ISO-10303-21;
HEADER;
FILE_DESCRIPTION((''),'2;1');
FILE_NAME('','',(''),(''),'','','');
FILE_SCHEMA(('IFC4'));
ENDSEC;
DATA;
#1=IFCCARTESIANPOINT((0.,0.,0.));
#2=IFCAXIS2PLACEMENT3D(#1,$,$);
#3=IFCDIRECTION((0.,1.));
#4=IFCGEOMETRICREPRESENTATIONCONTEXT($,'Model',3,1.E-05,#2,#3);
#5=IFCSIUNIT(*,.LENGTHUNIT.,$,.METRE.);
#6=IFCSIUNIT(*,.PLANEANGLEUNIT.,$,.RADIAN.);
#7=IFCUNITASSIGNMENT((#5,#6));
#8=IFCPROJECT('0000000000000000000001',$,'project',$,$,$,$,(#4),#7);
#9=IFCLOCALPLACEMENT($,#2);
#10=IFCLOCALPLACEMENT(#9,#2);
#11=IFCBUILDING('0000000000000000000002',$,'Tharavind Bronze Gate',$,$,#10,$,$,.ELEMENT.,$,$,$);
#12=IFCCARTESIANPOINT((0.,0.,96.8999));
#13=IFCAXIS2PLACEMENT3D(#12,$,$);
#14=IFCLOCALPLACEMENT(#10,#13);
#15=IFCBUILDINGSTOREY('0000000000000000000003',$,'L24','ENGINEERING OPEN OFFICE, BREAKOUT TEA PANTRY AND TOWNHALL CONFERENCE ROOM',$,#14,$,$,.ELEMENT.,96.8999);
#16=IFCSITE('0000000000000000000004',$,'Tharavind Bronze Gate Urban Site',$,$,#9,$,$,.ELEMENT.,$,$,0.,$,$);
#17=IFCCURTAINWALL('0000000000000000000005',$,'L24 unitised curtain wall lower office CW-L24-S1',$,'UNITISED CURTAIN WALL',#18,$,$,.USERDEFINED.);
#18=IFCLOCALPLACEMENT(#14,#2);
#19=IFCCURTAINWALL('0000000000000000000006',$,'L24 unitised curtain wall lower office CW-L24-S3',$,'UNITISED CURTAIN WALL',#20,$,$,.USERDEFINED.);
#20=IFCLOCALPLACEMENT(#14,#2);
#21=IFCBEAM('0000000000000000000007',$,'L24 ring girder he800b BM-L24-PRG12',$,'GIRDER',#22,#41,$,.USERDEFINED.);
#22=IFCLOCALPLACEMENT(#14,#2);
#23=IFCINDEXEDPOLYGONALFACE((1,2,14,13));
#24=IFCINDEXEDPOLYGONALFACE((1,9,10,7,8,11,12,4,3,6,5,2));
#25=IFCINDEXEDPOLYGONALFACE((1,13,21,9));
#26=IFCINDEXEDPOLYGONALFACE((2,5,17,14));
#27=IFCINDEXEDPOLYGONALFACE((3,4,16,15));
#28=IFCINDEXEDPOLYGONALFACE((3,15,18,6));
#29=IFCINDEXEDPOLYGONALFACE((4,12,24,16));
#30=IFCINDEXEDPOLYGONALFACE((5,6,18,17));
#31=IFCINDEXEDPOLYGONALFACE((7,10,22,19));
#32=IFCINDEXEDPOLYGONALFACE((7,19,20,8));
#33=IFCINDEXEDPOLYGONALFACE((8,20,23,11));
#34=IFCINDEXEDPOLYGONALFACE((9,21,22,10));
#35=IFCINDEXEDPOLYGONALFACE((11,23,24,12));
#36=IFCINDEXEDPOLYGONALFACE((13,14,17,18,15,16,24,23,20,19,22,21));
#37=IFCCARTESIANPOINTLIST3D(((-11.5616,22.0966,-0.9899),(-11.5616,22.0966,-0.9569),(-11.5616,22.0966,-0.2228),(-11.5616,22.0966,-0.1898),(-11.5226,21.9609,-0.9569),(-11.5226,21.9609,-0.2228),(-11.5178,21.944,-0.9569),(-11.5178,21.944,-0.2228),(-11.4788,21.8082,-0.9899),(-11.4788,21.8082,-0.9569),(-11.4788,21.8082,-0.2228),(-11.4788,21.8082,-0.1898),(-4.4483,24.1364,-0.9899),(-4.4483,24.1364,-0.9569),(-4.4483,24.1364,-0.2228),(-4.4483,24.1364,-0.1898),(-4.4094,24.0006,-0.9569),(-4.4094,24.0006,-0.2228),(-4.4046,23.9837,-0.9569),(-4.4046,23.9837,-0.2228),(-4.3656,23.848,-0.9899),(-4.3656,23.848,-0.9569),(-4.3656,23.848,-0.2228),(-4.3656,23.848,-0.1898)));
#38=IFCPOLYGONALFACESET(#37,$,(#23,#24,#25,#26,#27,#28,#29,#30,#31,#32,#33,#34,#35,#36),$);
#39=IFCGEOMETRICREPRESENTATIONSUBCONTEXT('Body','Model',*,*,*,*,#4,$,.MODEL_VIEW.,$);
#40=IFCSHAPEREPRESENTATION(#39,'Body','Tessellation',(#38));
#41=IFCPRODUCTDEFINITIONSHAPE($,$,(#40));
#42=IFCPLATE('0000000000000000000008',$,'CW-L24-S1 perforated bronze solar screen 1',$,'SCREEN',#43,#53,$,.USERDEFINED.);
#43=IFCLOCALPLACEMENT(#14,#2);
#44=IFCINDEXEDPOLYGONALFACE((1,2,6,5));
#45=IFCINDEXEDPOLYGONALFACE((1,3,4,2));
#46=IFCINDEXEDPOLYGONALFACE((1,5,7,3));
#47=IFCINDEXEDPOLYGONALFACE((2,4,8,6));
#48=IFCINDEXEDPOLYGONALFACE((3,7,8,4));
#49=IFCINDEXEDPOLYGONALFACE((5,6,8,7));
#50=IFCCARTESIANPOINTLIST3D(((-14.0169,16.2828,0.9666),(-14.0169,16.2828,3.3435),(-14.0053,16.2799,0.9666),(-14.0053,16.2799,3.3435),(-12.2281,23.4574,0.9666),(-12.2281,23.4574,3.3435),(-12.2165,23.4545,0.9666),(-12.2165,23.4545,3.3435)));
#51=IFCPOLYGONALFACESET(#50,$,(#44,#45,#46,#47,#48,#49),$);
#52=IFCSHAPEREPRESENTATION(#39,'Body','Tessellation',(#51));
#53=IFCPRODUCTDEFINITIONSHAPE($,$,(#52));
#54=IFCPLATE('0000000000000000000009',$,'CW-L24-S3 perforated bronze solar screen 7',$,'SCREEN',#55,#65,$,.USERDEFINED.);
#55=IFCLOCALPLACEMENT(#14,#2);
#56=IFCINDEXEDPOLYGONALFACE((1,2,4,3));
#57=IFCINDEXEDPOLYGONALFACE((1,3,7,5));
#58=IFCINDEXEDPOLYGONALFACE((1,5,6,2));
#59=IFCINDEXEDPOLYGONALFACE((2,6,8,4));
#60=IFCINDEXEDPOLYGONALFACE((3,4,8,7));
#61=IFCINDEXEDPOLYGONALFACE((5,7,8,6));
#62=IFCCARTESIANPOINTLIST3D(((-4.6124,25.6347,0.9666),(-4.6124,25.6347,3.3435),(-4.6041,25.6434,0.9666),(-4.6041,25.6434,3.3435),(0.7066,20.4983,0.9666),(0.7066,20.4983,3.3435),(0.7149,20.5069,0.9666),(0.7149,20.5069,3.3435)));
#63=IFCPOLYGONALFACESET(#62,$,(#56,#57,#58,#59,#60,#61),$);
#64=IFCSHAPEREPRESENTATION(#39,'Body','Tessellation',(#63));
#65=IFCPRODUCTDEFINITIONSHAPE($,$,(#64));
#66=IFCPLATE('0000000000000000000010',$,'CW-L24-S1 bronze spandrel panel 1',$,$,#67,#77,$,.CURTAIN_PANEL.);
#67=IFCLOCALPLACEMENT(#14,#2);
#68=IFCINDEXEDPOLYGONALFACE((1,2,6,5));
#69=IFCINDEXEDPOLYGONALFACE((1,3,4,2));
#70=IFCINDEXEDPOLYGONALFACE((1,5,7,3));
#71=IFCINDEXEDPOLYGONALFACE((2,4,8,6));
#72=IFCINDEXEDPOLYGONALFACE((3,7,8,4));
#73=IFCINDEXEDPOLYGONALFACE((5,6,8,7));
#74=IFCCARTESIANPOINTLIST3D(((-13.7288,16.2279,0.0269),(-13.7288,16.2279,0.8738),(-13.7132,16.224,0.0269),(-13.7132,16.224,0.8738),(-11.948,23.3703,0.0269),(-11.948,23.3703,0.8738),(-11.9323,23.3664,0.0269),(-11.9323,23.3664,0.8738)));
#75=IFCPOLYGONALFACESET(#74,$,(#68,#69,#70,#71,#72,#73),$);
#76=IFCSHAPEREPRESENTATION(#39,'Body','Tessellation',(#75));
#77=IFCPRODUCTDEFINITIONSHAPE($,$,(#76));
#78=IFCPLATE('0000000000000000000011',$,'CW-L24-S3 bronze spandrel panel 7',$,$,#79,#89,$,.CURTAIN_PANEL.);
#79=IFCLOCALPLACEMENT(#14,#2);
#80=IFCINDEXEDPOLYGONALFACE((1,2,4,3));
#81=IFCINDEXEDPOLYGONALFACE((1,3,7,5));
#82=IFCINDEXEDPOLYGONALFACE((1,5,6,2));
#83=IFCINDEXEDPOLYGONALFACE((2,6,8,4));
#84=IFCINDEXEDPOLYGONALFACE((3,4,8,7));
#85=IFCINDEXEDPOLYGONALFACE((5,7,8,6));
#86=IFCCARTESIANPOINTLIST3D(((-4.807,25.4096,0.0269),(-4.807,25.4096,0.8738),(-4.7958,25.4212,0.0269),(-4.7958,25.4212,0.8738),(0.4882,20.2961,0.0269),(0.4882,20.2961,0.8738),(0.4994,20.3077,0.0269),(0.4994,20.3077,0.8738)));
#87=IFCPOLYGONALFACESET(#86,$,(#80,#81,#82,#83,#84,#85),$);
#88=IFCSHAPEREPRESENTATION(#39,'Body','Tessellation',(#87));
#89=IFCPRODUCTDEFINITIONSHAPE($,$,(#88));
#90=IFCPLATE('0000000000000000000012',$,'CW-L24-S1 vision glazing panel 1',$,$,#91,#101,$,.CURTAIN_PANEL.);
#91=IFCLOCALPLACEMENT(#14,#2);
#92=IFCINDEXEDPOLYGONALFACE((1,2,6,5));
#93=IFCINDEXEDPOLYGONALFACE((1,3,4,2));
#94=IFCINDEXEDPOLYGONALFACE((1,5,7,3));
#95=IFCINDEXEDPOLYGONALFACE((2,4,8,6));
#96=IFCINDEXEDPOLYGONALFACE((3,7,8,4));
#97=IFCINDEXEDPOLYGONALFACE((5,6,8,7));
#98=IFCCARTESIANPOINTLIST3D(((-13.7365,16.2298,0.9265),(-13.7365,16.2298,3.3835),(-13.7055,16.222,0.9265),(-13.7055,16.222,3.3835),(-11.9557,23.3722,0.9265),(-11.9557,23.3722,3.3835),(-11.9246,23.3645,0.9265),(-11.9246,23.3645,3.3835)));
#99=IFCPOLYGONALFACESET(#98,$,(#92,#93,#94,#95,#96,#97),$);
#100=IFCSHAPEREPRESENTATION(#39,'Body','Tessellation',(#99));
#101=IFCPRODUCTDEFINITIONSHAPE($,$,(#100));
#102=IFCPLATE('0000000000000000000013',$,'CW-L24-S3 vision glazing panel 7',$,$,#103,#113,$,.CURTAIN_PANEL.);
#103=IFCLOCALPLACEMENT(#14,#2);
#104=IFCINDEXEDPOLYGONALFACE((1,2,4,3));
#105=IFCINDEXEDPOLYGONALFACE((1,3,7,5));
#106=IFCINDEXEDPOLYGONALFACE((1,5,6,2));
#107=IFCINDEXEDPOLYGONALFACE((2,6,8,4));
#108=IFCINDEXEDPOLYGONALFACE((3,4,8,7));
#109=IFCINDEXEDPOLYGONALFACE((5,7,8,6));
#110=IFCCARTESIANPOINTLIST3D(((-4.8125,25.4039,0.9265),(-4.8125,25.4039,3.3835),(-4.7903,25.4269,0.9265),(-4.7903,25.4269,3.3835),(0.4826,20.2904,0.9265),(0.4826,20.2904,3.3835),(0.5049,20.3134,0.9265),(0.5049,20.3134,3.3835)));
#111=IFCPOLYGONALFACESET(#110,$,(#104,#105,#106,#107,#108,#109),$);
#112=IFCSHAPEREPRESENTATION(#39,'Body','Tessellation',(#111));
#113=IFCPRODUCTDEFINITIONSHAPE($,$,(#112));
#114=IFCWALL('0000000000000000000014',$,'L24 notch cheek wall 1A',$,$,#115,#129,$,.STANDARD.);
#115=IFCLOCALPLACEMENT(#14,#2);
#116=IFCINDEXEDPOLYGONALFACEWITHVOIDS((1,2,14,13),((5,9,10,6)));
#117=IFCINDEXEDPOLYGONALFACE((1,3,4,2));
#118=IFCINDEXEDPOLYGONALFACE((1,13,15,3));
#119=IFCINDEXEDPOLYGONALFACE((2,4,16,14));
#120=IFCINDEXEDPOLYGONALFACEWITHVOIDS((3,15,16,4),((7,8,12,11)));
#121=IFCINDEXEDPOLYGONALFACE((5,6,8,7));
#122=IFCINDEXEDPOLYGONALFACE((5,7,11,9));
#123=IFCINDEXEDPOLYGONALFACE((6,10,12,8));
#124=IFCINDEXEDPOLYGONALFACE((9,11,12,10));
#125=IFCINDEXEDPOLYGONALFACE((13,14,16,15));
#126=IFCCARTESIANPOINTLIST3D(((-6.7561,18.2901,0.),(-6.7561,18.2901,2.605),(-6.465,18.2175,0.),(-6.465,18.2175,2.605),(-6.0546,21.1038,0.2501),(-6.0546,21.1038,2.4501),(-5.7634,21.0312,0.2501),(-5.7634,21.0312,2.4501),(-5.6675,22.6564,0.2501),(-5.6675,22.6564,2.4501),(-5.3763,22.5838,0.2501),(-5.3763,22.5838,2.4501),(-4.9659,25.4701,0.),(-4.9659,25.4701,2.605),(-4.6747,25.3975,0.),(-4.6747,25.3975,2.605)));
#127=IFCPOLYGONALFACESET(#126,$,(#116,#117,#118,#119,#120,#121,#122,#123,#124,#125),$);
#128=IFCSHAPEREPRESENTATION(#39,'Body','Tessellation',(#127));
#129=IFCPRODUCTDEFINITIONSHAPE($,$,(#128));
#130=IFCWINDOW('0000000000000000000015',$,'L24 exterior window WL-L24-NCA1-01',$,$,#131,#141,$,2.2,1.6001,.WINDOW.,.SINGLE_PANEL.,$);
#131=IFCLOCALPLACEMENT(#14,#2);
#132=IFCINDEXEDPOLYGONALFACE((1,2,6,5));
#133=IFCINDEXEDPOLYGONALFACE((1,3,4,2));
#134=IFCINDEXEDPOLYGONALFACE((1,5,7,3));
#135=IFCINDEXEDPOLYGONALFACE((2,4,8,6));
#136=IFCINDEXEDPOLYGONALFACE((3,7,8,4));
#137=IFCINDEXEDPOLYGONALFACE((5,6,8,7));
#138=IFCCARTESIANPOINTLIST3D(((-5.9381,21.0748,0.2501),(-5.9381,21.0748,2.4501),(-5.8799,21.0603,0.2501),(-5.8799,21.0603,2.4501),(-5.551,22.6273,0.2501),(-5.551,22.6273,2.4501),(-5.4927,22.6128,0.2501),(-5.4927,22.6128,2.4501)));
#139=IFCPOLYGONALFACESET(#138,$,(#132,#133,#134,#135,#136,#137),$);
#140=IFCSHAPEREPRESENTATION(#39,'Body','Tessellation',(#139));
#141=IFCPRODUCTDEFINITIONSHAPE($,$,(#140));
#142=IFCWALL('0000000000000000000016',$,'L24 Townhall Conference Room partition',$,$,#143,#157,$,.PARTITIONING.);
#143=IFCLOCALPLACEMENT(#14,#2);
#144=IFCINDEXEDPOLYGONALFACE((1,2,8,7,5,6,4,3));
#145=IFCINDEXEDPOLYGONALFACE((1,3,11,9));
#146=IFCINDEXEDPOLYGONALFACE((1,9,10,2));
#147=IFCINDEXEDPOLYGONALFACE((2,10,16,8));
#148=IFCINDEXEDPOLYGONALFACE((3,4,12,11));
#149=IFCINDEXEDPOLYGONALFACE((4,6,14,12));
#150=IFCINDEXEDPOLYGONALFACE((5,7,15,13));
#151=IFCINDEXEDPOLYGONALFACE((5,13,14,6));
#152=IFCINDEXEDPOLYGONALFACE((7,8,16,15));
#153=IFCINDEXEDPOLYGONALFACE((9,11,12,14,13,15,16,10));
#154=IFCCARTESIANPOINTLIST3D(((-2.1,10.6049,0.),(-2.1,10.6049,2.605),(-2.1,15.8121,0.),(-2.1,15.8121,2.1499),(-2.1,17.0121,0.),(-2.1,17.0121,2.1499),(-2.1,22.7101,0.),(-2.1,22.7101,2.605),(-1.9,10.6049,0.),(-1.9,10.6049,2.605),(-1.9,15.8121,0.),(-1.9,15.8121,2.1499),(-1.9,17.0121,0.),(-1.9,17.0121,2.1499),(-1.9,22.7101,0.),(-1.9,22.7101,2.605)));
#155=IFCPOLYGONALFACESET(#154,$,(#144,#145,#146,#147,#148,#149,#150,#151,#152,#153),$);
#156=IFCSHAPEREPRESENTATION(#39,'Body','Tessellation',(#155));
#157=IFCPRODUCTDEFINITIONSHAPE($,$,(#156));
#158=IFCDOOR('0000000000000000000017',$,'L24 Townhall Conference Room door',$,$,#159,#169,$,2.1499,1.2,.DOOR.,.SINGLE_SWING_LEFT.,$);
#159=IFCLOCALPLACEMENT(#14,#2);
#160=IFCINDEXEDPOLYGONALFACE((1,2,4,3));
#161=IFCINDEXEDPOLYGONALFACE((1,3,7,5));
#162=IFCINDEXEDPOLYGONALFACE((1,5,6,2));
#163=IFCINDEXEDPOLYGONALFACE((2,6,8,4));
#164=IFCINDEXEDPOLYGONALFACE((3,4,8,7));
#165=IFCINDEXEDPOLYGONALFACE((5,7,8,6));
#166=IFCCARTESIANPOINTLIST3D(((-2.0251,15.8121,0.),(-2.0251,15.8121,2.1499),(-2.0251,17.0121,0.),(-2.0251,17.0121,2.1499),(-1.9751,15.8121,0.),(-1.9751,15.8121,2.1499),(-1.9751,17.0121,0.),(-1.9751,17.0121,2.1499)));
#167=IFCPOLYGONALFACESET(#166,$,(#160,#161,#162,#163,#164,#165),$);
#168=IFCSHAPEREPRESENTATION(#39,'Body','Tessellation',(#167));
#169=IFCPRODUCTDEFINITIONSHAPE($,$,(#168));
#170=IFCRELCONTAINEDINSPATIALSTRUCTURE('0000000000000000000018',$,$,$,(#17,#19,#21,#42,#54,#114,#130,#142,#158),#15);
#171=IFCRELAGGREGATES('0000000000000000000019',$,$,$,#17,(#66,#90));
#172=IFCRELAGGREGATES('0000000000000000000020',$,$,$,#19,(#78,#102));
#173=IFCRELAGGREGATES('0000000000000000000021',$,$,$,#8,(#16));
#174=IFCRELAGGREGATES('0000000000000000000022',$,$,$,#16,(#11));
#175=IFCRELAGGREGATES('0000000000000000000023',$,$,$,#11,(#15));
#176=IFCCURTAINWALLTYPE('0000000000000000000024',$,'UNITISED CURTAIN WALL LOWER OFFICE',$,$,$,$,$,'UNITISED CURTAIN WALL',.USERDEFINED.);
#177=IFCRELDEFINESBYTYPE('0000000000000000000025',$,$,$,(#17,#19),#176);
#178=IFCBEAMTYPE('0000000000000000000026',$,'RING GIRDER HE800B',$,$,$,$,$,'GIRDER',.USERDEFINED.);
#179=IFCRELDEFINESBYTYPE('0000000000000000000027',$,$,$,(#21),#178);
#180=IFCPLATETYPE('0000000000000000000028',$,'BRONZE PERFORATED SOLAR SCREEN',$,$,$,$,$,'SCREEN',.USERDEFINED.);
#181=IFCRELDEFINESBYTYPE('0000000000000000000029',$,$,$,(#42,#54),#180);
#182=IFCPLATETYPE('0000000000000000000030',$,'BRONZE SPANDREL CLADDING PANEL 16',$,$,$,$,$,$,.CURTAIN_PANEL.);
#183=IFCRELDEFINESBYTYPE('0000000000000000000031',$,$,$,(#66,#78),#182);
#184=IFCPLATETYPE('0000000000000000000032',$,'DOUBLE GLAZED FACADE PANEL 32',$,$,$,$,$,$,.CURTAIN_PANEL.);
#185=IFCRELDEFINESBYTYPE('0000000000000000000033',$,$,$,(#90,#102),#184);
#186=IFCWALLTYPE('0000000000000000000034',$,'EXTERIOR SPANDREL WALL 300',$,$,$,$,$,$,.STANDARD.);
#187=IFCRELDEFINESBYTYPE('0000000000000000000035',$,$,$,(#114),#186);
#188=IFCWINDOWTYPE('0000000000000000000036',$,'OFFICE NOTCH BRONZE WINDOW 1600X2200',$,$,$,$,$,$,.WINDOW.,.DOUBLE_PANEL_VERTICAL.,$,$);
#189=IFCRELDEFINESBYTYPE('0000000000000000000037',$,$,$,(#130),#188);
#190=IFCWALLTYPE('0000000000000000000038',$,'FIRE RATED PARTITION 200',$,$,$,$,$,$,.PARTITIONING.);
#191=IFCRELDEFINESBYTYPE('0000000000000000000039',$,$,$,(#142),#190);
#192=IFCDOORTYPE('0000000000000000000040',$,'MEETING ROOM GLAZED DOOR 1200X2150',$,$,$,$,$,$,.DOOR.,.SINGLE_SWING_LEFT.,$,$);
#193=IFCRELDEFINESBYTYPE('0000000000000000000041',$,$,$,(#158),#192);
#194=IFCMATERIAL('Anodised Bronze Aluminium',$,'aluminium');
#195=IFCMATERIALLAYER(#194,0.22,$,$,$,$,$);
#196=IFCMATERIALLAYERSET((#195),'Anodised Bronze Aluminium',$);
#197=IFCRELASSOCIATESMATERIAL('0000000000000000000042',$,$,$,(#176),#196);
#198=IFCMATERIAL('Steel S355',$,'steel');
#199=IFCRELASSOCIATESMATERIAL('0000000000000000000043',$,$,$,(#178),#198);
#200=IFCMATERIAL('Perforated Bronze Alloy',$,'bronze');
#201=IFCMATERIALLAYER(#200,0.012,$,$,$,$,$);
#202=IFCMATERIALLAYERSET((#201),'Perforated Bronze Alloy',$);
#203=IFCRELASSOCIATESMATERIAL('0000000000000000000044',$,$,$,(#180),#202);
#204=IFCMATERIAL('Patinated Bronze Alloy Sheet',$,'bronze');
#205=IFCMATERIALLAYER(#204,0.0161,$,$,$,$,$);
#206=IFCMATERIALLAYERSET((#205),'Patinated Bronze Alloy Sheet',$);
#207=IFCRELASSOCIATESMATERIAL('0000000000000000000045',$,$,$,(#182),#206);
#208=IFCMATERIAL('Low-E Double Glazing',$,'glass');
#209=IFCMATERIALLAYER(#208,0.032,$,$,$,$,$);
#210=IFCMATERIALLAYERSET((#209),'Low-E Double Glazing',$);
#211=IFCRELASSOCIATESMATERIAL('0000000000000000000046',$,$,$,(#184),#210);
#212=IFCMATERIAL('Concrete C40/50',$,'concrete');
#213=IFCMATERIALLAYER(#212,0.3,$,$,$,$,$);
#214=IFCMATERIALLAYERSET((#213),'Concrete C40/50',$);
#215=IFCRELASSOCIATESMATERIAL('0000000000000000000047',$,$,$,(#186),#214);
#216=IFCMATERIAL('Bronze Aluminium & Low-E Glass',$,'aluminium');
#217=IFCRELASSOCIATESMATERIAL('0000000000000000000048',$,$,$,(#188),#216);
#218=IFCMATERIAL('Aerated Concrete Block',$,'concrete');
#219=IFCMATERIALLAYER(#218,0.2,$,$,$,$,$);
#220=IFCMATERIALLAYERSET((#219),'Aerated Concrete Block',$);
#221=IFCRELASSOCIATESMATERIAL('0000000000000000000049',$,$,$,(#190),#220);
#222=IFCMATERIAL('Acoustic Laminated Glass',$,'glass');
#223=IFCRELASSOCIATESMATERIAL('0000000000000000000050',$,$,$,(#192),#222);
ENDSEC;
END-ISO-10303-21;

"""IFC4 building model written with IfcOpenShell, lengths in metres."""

from ifc_helpers import new_model, si_unit, direction, frame, frame_2d, origin, origin_2d, place, context, subcontext, project, spatial, rectangle, i_section, extrude, material, layer, layer_set, material_profile, profile_set, type_object, element, fill, aggregate, save


model = new_model("IFC4")

# Units and contexts
model_context = context("Model", 3, precision=1e-05, world=origin(), true_north=direction((0.0, 1.0)))
body_context = subcontext(model_context, "Body", "Model", "MODEL_VIEW")
ifc_project = project(units=[si_unit("LENGTHUNIT", "METRE"), si_unit("PLANEANGLEUNIT", "RADIAN")], contexts=[model_context])

# Site, building, storey
site_placement = place(None, origin())
site = spatial("IfcSite", under=ifc_project, at=site_placement, Name="Tharavind Bronze Gate Urban Site", CompositionType="ELEMENT", RefElevation=0.0)
building_placement = place(site_placement, origin())
building = spatial("IfcBuilding", under=site, at=building_placement, Name="Tharavind Bronze Gate", CompositionType="ELEMENT")
storey_placement = place(building_placement, frame((0.0, 0.0, 96.8999)))
storey = spatial("IfcBuildingStorey", under=building, at=storey_placement, Name="L24", Description="ENGINEERING OPEN OFFICE, BREAKOUT TEA PANTRY AND TOWNHALL CONFERENCE ROOM", CompositionType="ELEMENT", Elevation=96.8999)

# Curtain walls
ifc_material_1 = material(Name="Anodised Bronze Aluminium", Category="aluminium")
ifc_layer_1 = layer(ifc_material_1, 0.22)
ifc_layer_set_1 = layer_set([ifc_layer_1], Name="Anodised Bronze Aluminium")
curtain_wall_type = type_object("IfcCurtainWallType", Name="UNITISED CURTAIN WALL LOWER OFFICE", ElementType="UNITISED CURTAIN WALL", PredefinedType="USERDEFINED", material=ifc_layer_set_1)
curtain_wall_1_placement = place(storey_placement, origin())
curtain_wall_1 = element("IfcCurtainWall", 1, at=curtain_wall_1_placement, inside=storey, type_object=curtain_wall_type, Name="L24 unitised curtain wall lower office CW-L24-S1", ObjectType="UNITISED CURTAIN WALL", PredefinedType="USERDEFINED")
curtain_wall_2_placement = place(storey_placement, origin())
curtain_wall_2 = element("IfcCurtainWall", 2, at=curtain_wall_2_placement, inside=storey, type_object=curtain_wall_type, Name="L24 unitised curtain wall lower office CW-L24-S3", ObjectType="UNITISED CURTAIN WALL", PredefinedType="USERDEFINED")

# Beam
ifc_material_2 = material(Name="Steel S355", Category="steel")
ifc_material_profile_1 = material_profile(ifc_material_2, i_section(OverallWidth=0.3, OverallDepth=0.8, WebThickness=0.0176, FlangeThickness=0.033, at=origin_2d()), Name="HE800B")
ifc_profile_set_1 = profile_set([ifc_material_profile_1], Name="Steel S355")
beam_type_1 = type_object("IfcBeamType", Name="RING GIRDER HE800B", ElementType="GIRDER", PredefinedType="USERDEFINED", material=ifc_profile_set_1)
beam_1_placement = place(storey_placement, frame((-4.407, 23.9922, -0.5898), z_axis=(-0.961258, -0.275649, 0.0), x_axis=(0.275649, -0.961258, 0.0)))
element("IfcBeam", 3, at=beam_1_placement, inside=storey, type_object=beam_type_1, Name="L24 ring girder he800b BM-L24-PRG12", ObjectType="GIRDER", PredefinedType="USERDEFINED", context=body_context, shape_type="SweptSolid", body=[
    extrude(i_section(OverallWidth=0.3, OverallDepth=0.8, WebThickness=0.0176, FlangeThickness=0.033, at=origin_2d()), origin(), (0.0, 0.0, 1.0), 7.3999),
])

# Plates
ifc_material_3 = material(Name="Perforated Bronze Alloy", Category="bronze")
ifc_layer_2 = layer(ifc_material_3, 0.012)
ifc_layer_set_2 = layer_set([ifc_layer_2], Name="Perforated Bronze Alloy")
plate_type_1 = type_object("IfcPlateType", Name="BRONZE PERFORATED SOLAR SCREEN", ElementType="SCREEN", PredefinedType="USERDEFINED", material=ifc_layer_set_2)
for number, where, z_axis, x_axis, name in (
    (4, (-13.1167, 19.8687, 0.9666), (0.0, 0.0, 1.0), (-0.241922, -0.970296, 0.0), "CW-L24-S1 perforated bronze solar screen 1"),
    (5, (-1.9487, 23.0708, 0.9666), (0.0, 0.0, 1.0), (-0.719341, 0.694657, 0.0), "CW-L24-S3 perforated bronze solar screen 7"),
):
    element("IfcPlate", number, at=place(storey_placement, frame(where, z_axis=z_axis, x_axis=x_axis)), inside=storey, type_object=plate_type_1, Name=name, ObjectType="SCREEN", PredefinedType="USERDEFINED", context=body_context, shape_type="SweptSolid", body=[
        extrude(rectangle(XDim=7.3943, YDim=0.012, at=origin_2d()), origin(), (0.0, 0.0, 1.0), 2.377),
    ])

# Plates
ifc_material_4 = material(Name="Patinated Bronze Alloy Sheet", Category="bronze")
ifc_layer_3 = layer(ifc_material_4, 0.0161)
ifc_layer_set_3 = layer_set([ifc_layer_3], Name="Patinated Bronze Alloy Sheet")
plate_type_2 = type_object("IfcPlateType", Name="BRONZE SPANDREL CLADDING PANEL 16", PredefinedType="CURTAIN_PANEL", material=ifc_layer_set_3)
plate_1_placement = place(storey_placement, frame((-12.8306, 19.7971, 0.0269), z_axis=(0.0, 0.0, 1.0), x_axis=(-0.241922, -0.970296, 0.0)))
plate_1 = element("IfcPlate", 6, at=plate_1_placement, type_object=plate_type_2, Name="CW-L24-S1 bronze spandrel panel 1", PredefinedType="CURTAIN_PANEL", context=body_context, shape_type="SweptSolid", body=[
    extrude(rectangle(XDim=7.3611, YDim=0.0161, at=origin_2d()), origin(), (0.0, 0.0, 1.0), 0.8469),
])
plate_2_placement = place(storey_placement, frame((-2.1538, 22.8586, 0.0269), z_axis=(0.0, 0.0, 1.0), x_axis=(-0.719341, 0.694657, 0.0)))
plate_2 = element("IfcPlate", 7, at=plate_2_placement, type_object=plate_type_2, Name="CW-L24-S3 bronze spandrel panel 7", PredefinedType="CURTAIN_PANEL", context=body_context, shape_type="SweptSolid", body=[
    extrude(rectangle(XDim=7.3611, YDim=0.0161, at=origin_2d()), origin(), (0.0, 0.0, 1.0), 0.8469),
])
ifc_material_5 = material(Name="Low-E Double Glazing", Category="glass")
ifc_layer_4 = layer(ifc_material_5, 0.032)
ifc_layer_set_4 = layer_set([ifc_layer_4], Name="Low-E Double Glazing")
plate_type_3 = type_object("IfcPlateType", Name="DOUBLE GLAZED FACADE PANEL 32", PredefinedType="CURTAIN_PANEL", material=ifc_layer_set_4)
plate_3_placement = place(storey_placement, frame((-12.8306, 19.7971, 0.9265), z_axis=(0.0, 0.0, 1.0), x_axis=(-0.241922, -0.970296, 0.0)))
plate_3 = element("IfcPlate", 8, at=plate_3_placement, type_object=plate_type_3, Name="CW-L24-S1 vision glazing panel 1", PredefinedType="CURTAIN_PANEL", context=body_context, shape_type="SweptSolid", body=[
    extrude(rectangle(XDim=7.3611, YDim=0.032, at=origin_2d()), origin(), (0.0, 0.0, 1.0), 2.457),
])
aggregate(curtain_wall_1, [plate_1, plate_3])
plate_4_placement = place(storey_placement, frame((-2.1538, 22.8586, 0.9265), z_axis=(0.0, 0.0, 1.0), x_axis=(-0.719341, 0.694657, 0.0)))
plate_4 = element("IfcPlate", 9, at=plate_4_placement, type_object=plate_type_3, Name="CW-L24-S3 vision glazing panel 7", PredefinedType="CURTAIN_PANEL", context=body_context, shape_type="SweptSolid", body=[
    extrude(rectangle(XDim=7.3611, YDim=0.032, at=origin_2d()), origin(), (0.0, 0.0, 1.0), 2.457),
])
aggregate(curtain_wall_2, [plate_2, plate_4])

# Wall, opening, window
ifc_material_6 = material(Name="Concrete C40/50", Category="concrete")
ifc_layer_5 = layer(ifc_material_6, 0.3)
ifc_layer_set_5 = layer_set([ifc_layer_5], Name="Concrete C40/50")
wall_type_1 = type_object("IfcWallType", Name="EXTERIOR SPANDREL WALL 300", PredefinedType="STANDARD", material=ifc_layer_set_5)
wall_1_placement = place(storey_placement, frame((-4.8203, 25.4338, 0.0), z_axis=(0.0, 0.0, 1.0), x_axis=(-0.24193, -0.970294, 0.0)))
wall_1 = element("IfcWall", 10, at=wall_1_placement, inside=storey, type_object=wall_type_1, Name="L24 notch cheek wall 1A", PredefinedType="STANDARD", context=body_context, shape_type="SweptSolid", body=[
    extrude(rectangle(XDim=7.3999, YDim=0.3, at=frame_2d((3.7, 0.0))), origin(), (0.0, 0.0, 1.0), 2.605),
])
opening_1_placement = place(wall_1_placement, frame((2.8999, 0.0, 0.25)))
opening_1 = element("IfcOpeningElement", 11, at=opening_1_placement, cuts=wall_1, PredefinedType="OPENING", context=body_context, shape_type="SweptSolid", body=[
    extrude(rectangle(XDim=1.6001, YDim=2.2, at=frame_2d((0.8, 1.1001))), frame((0.0, 0.1599, 0.0), z_axis=(0.0, -1.0, 0.0), x_axis=(1.0, 0.0, 0.0)), (0.0, 0.0, 1.0), 0.32),
])
ifc_material_7 = material(Name="Bronze Aluminium & Low-E Glass", Category="aluminium")
window_type = type_object("IfcWindowType", Name="OFFICE NOTCH BRONZE WINDOW 1600X2200", PartitioningType="DOUBLE_PANEL_VERTICAL", PredefinedType="WINDOW", material=ifc_material_7)
window_placement = place(opening_1_placement, origin())
window = element("IfcWindow", 12, at=window_placement, inside=storey, type_object=window_type, Name="L24 exterior window WL-L24-NCA1-01", OverallHeight=2.2, OverallWidth=1.6001, PartitioningType="SINGLE_PANEL", PredefinedType="WINDOW", context=body_context, shape_type="SweptSolid", body=[
    extrude(rectangle(XDim=1.6001, YDim=2.2, at=frame_2d((0.8, 1.1001))), frame((0.0, 0.03, 0.0), z_axis=(0.0, -1.0, 0.0), x_axis=(1.0, 0.0, 0.0)), (0.0, 0.0, 1.0), 0.0601),
])
fill(opening_1, window)

# Wall, opening, door
ifc_material_8 = material(Name="Aerated Concrete Block", Category="concrete")
ifc_layer_6 = layer(ifc_material_8, 0.2)
ifc_layer_set_6 = layer_set([ifc_layer_6], Name="Aerated Concrete Block")
wall_type_2 = type_object("IfcWallType", Name="FIRE RATED PARTITION 200", PredefinedType="PARTITIONING", material=ifc_layer_set_6)
wall_2_placement = place(storey_placement, frame((-2.0, 22.7102, 0.0), z_axis=(0.0, 0.0, 1.0), x_axis=(0.0, -1.0, 0.0)))
wall_2 = element("IfcWall", 13, at=wall_2_placement, inside=storey, type_object=wall_type_2, Name="L24 Townhall Conference Room partition", PredefinedType="PARTITIONING", context=body_context, shape_type="SweptSolid", body=[
    extrude(rectangle(XDim=12.1052, YDim=0.2, at=frame_2d((6.0527, 0.0))), origin(), (0.0, 0.0, 1.0), 2.605),
])
opening_2_placement = place(wall_2_placement, frame((5.698, 0.0, 0.0)))
opening_2 = element("IfcOpeningElement", 14, at=opening_2_placement, cuts=wall_2, PredefinedType="OPENING", context=body_context, shape_type="SweptSolid", body=[
    extrude(rectangle(XDim=1.2, YDim=2.1499, at=frame_2d((0.6001, 1.075))), frame((0.0, 0.1101, 0.0), z_axis=(0.0, -1.0, 0.0), x_axis=(1.0, 0.0, 0.0)), (0.0, 0.0, 1.0), 0.22),
])
ifc_material_9 = material(Name="Acoustic Laminated Glass", Category="glass")
door_type = type_object("IfcDoorType", Name="MEETING ROOM GLAZED DOOR 1200X2150", OperationType="SINGLE_SWING_LEFT", PredefinedType="DOOR", material=ifc_material_9)
door_placement = place(opening_2_placement, origin())
door = element("IfcDoor", 15, at=door_placement, inside=storey, type_object=door_type, Name="L24 Townhall Conference Room door", OperationType="SINGLE_SWING_LEFT", OverallHeight=2.1499, OverallWidth=1.2, PredefinedType="DOOR", context=body_context, shape_type="SweptSolid", body=[
    extrude(rectangle(XDim=1.2, YDim=2.1499, at=frame_2d((0.6001, 1.075))), frame((0.0, 0.0249, 0.0), z_axis=(0.0, -1.0, 0.0), x_axis=(1.0, 0.0, 0.0)), (0.0, 0.0, 1.0), 0.05),
])
fill(opening_2, door)

save(model, "model.ifc")
